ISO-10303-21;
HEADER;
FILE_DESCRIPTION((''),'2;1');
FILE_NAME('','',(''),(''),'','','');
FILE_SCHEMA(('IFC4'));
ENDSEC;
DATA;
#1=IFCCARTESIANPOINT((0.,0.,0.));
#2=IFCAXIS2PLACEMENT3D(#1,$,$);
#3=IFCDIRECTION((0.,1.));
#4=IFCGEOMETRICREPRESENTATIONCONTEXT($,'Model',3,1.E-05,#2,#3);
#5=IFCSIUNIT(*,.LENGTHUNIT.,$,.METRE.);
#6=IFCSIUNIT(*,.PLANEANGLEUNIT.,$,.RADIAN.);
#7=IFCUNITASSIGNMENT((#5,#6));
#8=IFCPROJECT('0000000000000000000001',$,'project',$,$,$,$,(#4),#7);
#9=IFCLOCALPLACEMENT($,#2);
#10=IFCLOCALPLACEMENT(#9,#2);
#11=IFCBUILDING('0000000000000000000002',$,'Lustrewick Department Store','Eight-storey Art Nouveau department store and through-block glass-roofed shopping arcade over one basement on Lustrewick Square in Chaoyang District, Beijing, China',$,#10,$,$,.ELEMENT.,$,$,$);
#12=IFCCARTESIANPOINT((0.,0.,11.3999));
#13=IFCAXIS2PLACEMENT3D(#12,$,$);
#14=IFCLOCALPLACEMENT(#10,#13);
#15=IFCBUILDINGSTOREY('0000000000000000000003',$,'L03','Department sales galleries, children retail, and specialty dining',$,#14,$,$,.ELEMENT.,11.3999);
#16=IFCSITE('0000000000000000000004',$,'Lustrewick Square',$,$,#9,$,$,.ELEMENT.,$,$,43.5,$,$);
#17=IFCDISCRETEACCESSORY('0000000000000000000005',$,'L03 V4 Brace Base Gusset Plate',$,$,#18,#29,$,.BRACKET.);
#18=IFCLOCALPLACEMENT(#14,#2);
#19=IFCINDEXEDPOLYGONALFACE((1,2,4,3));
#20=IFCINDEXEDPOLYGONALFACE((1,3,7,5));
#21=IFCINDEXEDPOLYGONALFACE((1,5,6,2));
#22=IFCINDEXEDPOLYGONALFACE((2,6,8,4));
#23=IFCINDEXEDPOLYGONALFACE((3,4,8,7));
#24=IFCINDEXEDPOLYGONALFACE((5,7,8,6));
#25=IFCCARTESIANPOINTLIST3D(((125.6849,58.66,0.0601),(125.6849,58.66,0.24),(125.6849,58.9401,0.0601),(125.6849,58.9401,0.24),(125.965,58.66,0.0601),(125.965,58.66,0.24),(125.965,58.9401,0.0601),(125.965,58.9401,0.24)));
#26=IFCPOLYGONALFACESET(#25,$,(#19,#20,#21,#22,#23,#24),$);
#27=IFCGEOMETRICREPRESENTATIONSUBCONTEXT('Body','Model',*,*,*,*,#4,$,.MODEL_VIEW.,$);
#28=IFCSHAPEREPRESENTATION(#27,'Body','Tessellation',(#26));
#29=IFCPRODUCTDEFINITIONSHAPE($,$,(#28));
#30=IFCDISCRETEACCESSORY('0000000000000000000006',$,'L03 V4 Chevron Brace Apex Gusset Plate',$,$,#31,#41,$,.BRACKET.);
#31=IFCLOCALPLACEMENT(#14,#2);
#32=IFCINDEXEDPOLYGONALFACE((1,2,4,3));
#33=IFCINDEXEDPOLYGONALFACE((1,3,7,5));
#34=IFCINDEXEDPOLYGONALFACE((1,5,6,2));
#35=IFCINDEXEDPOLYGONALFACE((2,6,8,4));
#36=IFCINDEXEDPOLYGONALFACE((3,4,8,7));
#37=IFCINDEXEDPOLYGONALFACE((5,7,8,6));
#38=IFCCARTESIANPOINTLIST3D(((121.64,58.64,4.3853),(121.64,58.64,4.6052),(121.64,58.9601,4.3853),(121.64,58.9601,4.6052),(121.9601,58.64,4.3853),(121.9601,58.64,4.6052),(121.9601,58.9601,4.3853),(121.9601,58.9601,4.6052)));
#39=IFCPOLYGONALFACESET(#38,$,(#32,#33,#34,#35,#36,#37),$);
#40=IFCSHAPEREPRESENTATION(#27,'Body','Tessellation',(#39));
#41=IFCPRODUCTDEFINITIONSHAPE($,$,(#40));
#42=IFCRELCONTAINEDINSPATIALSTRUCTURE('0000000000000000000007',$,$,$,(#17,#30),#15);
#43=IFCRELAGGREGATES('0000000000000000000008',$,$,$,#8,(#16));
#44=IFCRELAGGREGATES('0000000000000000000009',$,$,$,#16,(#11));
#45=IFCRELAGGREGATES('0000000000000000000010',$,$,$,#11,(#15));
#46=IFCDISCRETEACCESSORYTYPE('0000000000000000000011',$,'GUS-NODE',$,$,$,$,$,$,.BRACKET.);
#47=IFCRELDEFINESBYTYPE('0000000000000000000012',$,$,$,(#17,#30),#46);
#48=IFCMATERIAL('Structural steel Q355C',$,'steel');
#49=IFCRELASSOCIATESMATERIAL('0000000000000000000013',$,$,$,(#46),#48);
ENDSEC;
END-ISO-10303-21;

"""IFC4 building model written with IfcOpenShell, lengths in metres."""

from ifc_helpers import new_model, si_unit, direction, frame, origin, origin_2d, place, context, subcontext, project, spatial, rectangle, extrude, material, type_object, element, save


model = new_model("IFC4")

# Units and contexts
model_context = context("Model", 3, precision=1e-05, world=origin(), true_north=direction((0.0, 1.0)))
body_context = subcontext(model_context, "Body", "Model", "MODEL_VIEW")
ifc_project = project(units=[si_unit("LENGTHUNIT", "METRE"), si_unit("PLANEANGLEUNIT", "RADIAN")], contexts=[model_context])

# Site, building, storey
site_placement = place(None, origin())
site = spatial("IfcSite", under=ifc_project, at=site_placement, Name="Lustrewick Square", CompositionType="ELEMENT", RefElevation=43.5)
building_placement = place(site_placement, origin())
building = spatial("IfcBuilding", under=site, at=building_placement, Name="Lustrewick Department Store", Description="Eight-storey Art Nouveau department store and through-block glass-roofed shopping arcade over one basement on Lustrewick Square in Chaoyang District, Beijing, China", CompositionType="ELEMENT")
storey_placement = place(building_placement, frame((0.0, 0.0, 11.3999)))
storey = spatial("IfcBuildingStorey", under=building, at=storey_placement, Name="L03", Description="Department sales galleries, children retail, and specialty dining", CompositionType="ELEMENT", Elevation=11.3999)

# Shared definitions
ifc_material_1 = material(Name="Structural steel Q355C", Category="steel")

# Discrete accessories
discrete_accessory_type = type_object("IfcDiscreteAccessoryType", Name="GUS-NODE", PredefinedType="BRACKET", material=ifc_material_1)
for number, where, z_axis, x_axis, name in (
    (1, (125.825, 58.8, 0.0601), (0.0, 0.0, 1.0), (1.0, 0.0, 0.0), "L03 V4 Brace Base Gusset Plate"),
):
    element("IfcDiscreteAccessory", number, at=place(storey_placement, frame(where, z_axis=z_axis, x_axis=x_axis)), inside=storey, type_object=discrete_accessory_type, Name=name, PredefinedType="BRACKET", context=body_context, shape_type="SweptSolid", body=[
        extrude(rectangle(XDim=0.28, YDim=0.28, at=origin_2d()), origin(), (0.0, 0.0, 1.0), 0.1799),
    ])
discrete_accessory_placement = place(storey_placement, frame((121.8, 58.8, 4.3853), z_axis=(0.0, 0.0, 1.0), x_axis=(1.0, 0.0, 0.0)))
element("IfcDiscreteAccessory", 2, at=discrete_accessory_placement, inside=storey, type_object=discrete_accessory_type, Name="L03 V4 Chevron Brace Apex Gusset Plate", PredefinedType="BRACKET", context=body_context, shape_type="SweptSolid", body=[
    extrude(rectangle(XDim=0.3201, YDim=0.3201, at=origin_2d()), origin(), (0.0, 0.0, 1.0), 0.22),
])

save(model, "model.ifc")
